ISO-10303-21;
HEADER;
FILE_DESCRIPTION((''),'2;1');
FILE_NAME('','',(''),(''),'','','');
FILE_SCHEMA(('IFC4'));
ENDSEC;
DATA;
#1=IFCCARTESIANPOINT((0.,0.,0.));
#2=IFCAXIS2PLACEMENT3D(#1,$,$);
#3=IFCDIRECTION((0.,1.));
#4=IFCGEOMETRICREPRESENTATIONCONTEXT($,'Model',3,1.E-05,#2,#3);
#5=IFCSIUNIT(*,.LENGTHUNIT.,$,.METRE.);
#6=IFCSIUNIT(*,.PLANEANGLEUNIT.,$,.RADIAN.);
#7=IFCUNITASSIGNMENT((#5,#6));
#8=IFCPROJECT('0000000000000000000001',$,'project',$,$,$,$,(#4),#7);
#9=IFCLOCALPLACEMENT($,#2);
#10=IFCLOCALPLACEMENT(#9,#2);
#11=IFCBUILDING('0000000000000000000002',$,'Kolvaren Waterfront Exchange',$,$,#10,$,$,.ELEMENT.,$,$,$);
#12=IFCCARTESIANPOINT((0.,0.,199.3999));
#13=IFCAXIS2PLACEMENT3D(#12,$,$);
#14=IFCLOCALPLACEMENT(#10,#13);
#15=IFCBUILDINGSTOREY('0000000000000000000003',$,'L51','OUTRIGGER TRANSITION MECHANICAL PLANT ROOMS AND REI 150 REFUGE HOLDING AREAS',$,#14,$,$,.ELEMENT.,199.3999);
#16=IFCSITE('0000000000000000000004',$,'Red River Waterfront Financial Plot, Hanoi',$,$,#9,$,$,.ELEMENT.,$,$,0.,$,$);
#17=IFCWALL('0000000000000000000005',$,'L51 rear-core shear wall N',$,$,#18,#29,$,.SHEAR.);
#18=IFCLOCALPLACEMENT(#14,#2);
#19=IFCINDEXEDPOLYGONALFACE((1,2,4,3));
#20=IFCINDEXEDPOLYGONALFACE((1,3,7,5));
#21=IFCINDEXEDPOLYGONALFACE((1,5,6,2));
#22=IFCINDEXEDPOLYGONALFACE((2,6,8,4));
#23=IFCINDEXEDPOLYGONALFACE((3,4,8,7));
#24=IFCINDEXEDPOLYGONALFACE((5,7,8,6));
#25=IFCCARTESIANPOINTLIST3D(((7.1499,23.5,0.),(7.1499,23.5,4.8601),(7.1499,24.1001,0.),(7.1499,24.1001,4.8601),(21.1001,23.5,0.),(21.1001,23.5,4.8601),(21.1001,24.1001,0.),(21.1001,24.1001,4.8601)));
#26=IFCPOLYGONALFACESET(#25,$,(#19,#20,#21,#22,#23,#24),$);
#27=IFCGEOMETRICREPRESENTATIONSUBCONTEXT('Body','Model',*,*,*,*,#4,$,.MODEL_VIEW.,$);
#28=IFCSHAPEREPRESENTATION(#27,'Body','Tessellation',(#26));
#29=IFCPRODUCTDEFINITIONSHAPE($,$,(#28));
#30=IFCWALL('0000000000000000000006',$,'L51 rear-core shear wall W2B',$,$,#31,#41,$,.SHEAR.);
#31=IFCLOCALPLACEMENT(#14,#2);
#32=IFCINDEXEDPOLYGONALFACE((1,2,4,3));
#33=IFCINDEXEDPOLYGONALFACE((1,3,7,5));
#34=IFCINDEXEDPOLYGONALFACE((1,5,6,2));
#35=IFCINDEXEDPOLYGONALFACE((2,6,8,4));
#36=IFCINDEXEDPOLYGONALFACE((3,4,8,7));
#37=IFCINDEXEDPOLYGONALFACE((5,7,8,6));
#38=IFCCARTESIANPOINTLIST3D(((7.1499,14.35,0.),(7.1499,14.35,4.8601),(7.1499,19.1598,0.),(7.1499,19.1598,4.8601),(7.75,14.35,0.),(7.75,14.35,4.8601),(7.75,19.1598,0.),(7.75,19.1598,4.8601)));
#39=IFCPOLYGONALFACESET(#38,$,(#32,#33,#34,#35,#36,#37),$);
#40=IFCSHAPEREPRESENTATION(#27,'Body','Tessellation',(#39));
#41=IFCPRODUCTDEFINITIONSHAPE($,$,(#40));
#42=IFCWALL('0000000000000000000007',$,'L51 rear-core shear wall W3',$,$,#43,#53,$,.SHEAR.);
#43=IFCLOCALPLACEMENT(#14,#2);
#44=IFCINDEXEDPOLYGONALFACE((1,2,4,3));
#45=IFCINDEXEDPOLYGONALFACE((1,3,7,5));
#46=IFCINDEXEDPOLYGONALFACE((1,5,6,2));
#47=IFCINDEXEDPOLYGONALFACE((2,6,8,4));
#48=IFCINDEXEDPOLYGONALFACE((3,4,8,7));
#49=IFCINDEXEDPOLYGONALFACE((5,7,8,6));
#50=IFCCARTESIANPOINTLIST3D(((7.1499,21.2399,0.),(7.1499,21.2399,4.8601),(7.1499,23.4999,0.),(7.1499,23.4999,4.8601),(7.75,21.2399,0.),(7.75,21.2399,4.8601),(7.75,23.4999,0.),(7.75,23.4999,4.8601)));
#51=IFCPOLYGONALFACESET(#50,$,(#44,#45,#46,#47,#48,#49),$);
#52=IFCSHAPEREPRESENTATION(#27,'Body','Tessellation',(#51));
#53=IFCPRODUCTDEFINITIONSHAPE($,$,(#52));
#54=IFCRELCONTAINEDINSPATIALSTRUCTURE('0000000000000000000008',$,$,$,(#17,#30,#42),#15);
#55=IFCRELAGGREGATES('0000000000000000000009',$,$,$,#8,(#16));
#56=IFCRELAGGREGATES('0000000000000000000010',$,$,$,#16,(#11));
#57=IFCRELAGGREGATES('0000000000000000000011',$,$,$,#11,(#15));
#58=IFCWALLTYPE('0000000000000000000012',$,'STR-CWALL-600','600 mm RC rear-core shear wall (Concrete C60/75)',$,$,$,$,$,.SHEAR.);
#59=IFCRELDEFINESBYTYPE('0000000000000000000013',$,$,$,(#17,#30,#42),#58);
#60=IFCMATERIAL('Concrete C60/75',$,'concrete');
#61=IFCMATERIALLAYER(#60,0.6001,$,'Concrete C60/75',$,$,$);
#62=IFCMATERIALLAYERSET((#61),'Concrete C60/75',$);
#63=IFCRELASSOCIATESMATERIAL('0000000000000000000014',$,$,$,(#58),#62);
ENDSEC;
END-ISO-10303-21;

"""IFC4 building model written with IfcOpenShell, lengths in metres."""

from ifc_helpers import new_model, si_unit, direction, frame, frame_2d, origin, place, context, subcontext, project, spatial, rectangle, extrude, material, layer, layer_set, type_object, element, save


model = new_model("IFC4")

# Units and contexts
model_context = context("Model", 3, precision=1e-05, world=origin(), true_north=direction((0.0, 1.0)))
body_context = subcontext(model_context, "Body", "Model", "MODEL_VIEW")
ifc_project = project(units=[si_unit("LENGTHUNIT", "METRE"), si_unit("PLANEANGLEUNIT", "RADIAN")], contexts=[model_context])

# Site, building, storey
site_placement = place(None, origin())
site = spatial("IfcSite", under=ifc_project, at=site_placement, Name="Red River Waterfront Financial Plot, Hanoi", CompositionType="ELEMENT", RefElevation=0.0)
building_placement = place(site_placement, origin())
building = spatial("IfcBuilding", under=site, at=building_placement, Name="Kolvaren Waterfront Exchange", CompositionType="ELEMENT")
storey_placement = place(building_placement, frame((0.0, 0.0, 199.3999)))
storey = spatial("IfcBuildingStorey", under=building, at=storey_placement, Name="L51", Description="OUTRIGGER TRANSITION MECHANICAL PLANT ROOMS AND REI 150 REFUGE HOLDING AREAS", CompositionType="ELEMENT", Elevation=199.3999)

# Shared definitions
ifc_material_1 = material(Name="Concrete C60/75", Category="concrete")

# Walls
ifc_layer_1 = layer(ifc_material_1, 0.6001, Name="Concrete C60/75")
ifc_layer_set_1 = layer_set([ifc_layer_1], Name="Concrete C60/75")
wall_type_1 = type_object("IfcWallType", Name="STR-CWALL-600", Description="600 mm RC rear-core shear wall (Concrete C60/75)", PredefinedType="SHEAR", material=ifc_layer_set_1)
wall_1_placement = place(storey_placement, frame((7.1499, 23.8, 0.0), z_axis=(0.0, 0.0, 1.0), x_axis=(1.0, 0.0, 0.0)))
element("IfcWall", 1, at=wall_1_placement, inside=storey, type_object=wall_type_1, Name="L51 rear-core shear wall N", PredefinedType="SHEAR", context=body_context, shape_type="SweptSolid", body=[
    extrude(rectangle(XDim=13.9502, YDim=0.6001, at=frame_2d((6.9751, 0.0))), origin(), (0.0, 0.0, 1.0), 4.8601),
])
wall_2_placement = place(storey_placement, frame((7.45, 14.3501, 0.0), z_axis=(0.0, 0.0, 1.0), x_axis=(0.0, 1.0, 0.0)))
element("IfcWall", 2, at=wall_2_placement, inside=storey, type_object=wall_type_1, Name="L51 rear-core shear wall W2B", PredefinedType="SHEAR", context=body_context, shape_type="SweptSolid", body=[
    extrude(rectangle(XDim=4.8098, YDim=0.6001, at=frame_2d((2.4048, 0.0))), origin(), (0.0, 0.0, 1.0), 4.8601),
])
wall_3_placement = place(storey_placement, frame((7.45, 21.24, 0.0), z_axis=(0.0, 0.0, 1.0), x_axis=(0.0, 1.0, 0.0)))
element("IfcWall", 3, at=wall_3_placement, inside=storey, type_object=wall_type_1, Name="L51 rear-core shear wall W3", PredefinedType="SHEAR", context=body_context, shape_type="SweptSolid", body=[
    extrude(rectangle(XDim=2.26, YDim=0.6001, at=frame_2d((1.1299, 0.0))), origin(), (0.0, 0.0, 1.0), 4.8601),
])

save(model, "model.ifc")
